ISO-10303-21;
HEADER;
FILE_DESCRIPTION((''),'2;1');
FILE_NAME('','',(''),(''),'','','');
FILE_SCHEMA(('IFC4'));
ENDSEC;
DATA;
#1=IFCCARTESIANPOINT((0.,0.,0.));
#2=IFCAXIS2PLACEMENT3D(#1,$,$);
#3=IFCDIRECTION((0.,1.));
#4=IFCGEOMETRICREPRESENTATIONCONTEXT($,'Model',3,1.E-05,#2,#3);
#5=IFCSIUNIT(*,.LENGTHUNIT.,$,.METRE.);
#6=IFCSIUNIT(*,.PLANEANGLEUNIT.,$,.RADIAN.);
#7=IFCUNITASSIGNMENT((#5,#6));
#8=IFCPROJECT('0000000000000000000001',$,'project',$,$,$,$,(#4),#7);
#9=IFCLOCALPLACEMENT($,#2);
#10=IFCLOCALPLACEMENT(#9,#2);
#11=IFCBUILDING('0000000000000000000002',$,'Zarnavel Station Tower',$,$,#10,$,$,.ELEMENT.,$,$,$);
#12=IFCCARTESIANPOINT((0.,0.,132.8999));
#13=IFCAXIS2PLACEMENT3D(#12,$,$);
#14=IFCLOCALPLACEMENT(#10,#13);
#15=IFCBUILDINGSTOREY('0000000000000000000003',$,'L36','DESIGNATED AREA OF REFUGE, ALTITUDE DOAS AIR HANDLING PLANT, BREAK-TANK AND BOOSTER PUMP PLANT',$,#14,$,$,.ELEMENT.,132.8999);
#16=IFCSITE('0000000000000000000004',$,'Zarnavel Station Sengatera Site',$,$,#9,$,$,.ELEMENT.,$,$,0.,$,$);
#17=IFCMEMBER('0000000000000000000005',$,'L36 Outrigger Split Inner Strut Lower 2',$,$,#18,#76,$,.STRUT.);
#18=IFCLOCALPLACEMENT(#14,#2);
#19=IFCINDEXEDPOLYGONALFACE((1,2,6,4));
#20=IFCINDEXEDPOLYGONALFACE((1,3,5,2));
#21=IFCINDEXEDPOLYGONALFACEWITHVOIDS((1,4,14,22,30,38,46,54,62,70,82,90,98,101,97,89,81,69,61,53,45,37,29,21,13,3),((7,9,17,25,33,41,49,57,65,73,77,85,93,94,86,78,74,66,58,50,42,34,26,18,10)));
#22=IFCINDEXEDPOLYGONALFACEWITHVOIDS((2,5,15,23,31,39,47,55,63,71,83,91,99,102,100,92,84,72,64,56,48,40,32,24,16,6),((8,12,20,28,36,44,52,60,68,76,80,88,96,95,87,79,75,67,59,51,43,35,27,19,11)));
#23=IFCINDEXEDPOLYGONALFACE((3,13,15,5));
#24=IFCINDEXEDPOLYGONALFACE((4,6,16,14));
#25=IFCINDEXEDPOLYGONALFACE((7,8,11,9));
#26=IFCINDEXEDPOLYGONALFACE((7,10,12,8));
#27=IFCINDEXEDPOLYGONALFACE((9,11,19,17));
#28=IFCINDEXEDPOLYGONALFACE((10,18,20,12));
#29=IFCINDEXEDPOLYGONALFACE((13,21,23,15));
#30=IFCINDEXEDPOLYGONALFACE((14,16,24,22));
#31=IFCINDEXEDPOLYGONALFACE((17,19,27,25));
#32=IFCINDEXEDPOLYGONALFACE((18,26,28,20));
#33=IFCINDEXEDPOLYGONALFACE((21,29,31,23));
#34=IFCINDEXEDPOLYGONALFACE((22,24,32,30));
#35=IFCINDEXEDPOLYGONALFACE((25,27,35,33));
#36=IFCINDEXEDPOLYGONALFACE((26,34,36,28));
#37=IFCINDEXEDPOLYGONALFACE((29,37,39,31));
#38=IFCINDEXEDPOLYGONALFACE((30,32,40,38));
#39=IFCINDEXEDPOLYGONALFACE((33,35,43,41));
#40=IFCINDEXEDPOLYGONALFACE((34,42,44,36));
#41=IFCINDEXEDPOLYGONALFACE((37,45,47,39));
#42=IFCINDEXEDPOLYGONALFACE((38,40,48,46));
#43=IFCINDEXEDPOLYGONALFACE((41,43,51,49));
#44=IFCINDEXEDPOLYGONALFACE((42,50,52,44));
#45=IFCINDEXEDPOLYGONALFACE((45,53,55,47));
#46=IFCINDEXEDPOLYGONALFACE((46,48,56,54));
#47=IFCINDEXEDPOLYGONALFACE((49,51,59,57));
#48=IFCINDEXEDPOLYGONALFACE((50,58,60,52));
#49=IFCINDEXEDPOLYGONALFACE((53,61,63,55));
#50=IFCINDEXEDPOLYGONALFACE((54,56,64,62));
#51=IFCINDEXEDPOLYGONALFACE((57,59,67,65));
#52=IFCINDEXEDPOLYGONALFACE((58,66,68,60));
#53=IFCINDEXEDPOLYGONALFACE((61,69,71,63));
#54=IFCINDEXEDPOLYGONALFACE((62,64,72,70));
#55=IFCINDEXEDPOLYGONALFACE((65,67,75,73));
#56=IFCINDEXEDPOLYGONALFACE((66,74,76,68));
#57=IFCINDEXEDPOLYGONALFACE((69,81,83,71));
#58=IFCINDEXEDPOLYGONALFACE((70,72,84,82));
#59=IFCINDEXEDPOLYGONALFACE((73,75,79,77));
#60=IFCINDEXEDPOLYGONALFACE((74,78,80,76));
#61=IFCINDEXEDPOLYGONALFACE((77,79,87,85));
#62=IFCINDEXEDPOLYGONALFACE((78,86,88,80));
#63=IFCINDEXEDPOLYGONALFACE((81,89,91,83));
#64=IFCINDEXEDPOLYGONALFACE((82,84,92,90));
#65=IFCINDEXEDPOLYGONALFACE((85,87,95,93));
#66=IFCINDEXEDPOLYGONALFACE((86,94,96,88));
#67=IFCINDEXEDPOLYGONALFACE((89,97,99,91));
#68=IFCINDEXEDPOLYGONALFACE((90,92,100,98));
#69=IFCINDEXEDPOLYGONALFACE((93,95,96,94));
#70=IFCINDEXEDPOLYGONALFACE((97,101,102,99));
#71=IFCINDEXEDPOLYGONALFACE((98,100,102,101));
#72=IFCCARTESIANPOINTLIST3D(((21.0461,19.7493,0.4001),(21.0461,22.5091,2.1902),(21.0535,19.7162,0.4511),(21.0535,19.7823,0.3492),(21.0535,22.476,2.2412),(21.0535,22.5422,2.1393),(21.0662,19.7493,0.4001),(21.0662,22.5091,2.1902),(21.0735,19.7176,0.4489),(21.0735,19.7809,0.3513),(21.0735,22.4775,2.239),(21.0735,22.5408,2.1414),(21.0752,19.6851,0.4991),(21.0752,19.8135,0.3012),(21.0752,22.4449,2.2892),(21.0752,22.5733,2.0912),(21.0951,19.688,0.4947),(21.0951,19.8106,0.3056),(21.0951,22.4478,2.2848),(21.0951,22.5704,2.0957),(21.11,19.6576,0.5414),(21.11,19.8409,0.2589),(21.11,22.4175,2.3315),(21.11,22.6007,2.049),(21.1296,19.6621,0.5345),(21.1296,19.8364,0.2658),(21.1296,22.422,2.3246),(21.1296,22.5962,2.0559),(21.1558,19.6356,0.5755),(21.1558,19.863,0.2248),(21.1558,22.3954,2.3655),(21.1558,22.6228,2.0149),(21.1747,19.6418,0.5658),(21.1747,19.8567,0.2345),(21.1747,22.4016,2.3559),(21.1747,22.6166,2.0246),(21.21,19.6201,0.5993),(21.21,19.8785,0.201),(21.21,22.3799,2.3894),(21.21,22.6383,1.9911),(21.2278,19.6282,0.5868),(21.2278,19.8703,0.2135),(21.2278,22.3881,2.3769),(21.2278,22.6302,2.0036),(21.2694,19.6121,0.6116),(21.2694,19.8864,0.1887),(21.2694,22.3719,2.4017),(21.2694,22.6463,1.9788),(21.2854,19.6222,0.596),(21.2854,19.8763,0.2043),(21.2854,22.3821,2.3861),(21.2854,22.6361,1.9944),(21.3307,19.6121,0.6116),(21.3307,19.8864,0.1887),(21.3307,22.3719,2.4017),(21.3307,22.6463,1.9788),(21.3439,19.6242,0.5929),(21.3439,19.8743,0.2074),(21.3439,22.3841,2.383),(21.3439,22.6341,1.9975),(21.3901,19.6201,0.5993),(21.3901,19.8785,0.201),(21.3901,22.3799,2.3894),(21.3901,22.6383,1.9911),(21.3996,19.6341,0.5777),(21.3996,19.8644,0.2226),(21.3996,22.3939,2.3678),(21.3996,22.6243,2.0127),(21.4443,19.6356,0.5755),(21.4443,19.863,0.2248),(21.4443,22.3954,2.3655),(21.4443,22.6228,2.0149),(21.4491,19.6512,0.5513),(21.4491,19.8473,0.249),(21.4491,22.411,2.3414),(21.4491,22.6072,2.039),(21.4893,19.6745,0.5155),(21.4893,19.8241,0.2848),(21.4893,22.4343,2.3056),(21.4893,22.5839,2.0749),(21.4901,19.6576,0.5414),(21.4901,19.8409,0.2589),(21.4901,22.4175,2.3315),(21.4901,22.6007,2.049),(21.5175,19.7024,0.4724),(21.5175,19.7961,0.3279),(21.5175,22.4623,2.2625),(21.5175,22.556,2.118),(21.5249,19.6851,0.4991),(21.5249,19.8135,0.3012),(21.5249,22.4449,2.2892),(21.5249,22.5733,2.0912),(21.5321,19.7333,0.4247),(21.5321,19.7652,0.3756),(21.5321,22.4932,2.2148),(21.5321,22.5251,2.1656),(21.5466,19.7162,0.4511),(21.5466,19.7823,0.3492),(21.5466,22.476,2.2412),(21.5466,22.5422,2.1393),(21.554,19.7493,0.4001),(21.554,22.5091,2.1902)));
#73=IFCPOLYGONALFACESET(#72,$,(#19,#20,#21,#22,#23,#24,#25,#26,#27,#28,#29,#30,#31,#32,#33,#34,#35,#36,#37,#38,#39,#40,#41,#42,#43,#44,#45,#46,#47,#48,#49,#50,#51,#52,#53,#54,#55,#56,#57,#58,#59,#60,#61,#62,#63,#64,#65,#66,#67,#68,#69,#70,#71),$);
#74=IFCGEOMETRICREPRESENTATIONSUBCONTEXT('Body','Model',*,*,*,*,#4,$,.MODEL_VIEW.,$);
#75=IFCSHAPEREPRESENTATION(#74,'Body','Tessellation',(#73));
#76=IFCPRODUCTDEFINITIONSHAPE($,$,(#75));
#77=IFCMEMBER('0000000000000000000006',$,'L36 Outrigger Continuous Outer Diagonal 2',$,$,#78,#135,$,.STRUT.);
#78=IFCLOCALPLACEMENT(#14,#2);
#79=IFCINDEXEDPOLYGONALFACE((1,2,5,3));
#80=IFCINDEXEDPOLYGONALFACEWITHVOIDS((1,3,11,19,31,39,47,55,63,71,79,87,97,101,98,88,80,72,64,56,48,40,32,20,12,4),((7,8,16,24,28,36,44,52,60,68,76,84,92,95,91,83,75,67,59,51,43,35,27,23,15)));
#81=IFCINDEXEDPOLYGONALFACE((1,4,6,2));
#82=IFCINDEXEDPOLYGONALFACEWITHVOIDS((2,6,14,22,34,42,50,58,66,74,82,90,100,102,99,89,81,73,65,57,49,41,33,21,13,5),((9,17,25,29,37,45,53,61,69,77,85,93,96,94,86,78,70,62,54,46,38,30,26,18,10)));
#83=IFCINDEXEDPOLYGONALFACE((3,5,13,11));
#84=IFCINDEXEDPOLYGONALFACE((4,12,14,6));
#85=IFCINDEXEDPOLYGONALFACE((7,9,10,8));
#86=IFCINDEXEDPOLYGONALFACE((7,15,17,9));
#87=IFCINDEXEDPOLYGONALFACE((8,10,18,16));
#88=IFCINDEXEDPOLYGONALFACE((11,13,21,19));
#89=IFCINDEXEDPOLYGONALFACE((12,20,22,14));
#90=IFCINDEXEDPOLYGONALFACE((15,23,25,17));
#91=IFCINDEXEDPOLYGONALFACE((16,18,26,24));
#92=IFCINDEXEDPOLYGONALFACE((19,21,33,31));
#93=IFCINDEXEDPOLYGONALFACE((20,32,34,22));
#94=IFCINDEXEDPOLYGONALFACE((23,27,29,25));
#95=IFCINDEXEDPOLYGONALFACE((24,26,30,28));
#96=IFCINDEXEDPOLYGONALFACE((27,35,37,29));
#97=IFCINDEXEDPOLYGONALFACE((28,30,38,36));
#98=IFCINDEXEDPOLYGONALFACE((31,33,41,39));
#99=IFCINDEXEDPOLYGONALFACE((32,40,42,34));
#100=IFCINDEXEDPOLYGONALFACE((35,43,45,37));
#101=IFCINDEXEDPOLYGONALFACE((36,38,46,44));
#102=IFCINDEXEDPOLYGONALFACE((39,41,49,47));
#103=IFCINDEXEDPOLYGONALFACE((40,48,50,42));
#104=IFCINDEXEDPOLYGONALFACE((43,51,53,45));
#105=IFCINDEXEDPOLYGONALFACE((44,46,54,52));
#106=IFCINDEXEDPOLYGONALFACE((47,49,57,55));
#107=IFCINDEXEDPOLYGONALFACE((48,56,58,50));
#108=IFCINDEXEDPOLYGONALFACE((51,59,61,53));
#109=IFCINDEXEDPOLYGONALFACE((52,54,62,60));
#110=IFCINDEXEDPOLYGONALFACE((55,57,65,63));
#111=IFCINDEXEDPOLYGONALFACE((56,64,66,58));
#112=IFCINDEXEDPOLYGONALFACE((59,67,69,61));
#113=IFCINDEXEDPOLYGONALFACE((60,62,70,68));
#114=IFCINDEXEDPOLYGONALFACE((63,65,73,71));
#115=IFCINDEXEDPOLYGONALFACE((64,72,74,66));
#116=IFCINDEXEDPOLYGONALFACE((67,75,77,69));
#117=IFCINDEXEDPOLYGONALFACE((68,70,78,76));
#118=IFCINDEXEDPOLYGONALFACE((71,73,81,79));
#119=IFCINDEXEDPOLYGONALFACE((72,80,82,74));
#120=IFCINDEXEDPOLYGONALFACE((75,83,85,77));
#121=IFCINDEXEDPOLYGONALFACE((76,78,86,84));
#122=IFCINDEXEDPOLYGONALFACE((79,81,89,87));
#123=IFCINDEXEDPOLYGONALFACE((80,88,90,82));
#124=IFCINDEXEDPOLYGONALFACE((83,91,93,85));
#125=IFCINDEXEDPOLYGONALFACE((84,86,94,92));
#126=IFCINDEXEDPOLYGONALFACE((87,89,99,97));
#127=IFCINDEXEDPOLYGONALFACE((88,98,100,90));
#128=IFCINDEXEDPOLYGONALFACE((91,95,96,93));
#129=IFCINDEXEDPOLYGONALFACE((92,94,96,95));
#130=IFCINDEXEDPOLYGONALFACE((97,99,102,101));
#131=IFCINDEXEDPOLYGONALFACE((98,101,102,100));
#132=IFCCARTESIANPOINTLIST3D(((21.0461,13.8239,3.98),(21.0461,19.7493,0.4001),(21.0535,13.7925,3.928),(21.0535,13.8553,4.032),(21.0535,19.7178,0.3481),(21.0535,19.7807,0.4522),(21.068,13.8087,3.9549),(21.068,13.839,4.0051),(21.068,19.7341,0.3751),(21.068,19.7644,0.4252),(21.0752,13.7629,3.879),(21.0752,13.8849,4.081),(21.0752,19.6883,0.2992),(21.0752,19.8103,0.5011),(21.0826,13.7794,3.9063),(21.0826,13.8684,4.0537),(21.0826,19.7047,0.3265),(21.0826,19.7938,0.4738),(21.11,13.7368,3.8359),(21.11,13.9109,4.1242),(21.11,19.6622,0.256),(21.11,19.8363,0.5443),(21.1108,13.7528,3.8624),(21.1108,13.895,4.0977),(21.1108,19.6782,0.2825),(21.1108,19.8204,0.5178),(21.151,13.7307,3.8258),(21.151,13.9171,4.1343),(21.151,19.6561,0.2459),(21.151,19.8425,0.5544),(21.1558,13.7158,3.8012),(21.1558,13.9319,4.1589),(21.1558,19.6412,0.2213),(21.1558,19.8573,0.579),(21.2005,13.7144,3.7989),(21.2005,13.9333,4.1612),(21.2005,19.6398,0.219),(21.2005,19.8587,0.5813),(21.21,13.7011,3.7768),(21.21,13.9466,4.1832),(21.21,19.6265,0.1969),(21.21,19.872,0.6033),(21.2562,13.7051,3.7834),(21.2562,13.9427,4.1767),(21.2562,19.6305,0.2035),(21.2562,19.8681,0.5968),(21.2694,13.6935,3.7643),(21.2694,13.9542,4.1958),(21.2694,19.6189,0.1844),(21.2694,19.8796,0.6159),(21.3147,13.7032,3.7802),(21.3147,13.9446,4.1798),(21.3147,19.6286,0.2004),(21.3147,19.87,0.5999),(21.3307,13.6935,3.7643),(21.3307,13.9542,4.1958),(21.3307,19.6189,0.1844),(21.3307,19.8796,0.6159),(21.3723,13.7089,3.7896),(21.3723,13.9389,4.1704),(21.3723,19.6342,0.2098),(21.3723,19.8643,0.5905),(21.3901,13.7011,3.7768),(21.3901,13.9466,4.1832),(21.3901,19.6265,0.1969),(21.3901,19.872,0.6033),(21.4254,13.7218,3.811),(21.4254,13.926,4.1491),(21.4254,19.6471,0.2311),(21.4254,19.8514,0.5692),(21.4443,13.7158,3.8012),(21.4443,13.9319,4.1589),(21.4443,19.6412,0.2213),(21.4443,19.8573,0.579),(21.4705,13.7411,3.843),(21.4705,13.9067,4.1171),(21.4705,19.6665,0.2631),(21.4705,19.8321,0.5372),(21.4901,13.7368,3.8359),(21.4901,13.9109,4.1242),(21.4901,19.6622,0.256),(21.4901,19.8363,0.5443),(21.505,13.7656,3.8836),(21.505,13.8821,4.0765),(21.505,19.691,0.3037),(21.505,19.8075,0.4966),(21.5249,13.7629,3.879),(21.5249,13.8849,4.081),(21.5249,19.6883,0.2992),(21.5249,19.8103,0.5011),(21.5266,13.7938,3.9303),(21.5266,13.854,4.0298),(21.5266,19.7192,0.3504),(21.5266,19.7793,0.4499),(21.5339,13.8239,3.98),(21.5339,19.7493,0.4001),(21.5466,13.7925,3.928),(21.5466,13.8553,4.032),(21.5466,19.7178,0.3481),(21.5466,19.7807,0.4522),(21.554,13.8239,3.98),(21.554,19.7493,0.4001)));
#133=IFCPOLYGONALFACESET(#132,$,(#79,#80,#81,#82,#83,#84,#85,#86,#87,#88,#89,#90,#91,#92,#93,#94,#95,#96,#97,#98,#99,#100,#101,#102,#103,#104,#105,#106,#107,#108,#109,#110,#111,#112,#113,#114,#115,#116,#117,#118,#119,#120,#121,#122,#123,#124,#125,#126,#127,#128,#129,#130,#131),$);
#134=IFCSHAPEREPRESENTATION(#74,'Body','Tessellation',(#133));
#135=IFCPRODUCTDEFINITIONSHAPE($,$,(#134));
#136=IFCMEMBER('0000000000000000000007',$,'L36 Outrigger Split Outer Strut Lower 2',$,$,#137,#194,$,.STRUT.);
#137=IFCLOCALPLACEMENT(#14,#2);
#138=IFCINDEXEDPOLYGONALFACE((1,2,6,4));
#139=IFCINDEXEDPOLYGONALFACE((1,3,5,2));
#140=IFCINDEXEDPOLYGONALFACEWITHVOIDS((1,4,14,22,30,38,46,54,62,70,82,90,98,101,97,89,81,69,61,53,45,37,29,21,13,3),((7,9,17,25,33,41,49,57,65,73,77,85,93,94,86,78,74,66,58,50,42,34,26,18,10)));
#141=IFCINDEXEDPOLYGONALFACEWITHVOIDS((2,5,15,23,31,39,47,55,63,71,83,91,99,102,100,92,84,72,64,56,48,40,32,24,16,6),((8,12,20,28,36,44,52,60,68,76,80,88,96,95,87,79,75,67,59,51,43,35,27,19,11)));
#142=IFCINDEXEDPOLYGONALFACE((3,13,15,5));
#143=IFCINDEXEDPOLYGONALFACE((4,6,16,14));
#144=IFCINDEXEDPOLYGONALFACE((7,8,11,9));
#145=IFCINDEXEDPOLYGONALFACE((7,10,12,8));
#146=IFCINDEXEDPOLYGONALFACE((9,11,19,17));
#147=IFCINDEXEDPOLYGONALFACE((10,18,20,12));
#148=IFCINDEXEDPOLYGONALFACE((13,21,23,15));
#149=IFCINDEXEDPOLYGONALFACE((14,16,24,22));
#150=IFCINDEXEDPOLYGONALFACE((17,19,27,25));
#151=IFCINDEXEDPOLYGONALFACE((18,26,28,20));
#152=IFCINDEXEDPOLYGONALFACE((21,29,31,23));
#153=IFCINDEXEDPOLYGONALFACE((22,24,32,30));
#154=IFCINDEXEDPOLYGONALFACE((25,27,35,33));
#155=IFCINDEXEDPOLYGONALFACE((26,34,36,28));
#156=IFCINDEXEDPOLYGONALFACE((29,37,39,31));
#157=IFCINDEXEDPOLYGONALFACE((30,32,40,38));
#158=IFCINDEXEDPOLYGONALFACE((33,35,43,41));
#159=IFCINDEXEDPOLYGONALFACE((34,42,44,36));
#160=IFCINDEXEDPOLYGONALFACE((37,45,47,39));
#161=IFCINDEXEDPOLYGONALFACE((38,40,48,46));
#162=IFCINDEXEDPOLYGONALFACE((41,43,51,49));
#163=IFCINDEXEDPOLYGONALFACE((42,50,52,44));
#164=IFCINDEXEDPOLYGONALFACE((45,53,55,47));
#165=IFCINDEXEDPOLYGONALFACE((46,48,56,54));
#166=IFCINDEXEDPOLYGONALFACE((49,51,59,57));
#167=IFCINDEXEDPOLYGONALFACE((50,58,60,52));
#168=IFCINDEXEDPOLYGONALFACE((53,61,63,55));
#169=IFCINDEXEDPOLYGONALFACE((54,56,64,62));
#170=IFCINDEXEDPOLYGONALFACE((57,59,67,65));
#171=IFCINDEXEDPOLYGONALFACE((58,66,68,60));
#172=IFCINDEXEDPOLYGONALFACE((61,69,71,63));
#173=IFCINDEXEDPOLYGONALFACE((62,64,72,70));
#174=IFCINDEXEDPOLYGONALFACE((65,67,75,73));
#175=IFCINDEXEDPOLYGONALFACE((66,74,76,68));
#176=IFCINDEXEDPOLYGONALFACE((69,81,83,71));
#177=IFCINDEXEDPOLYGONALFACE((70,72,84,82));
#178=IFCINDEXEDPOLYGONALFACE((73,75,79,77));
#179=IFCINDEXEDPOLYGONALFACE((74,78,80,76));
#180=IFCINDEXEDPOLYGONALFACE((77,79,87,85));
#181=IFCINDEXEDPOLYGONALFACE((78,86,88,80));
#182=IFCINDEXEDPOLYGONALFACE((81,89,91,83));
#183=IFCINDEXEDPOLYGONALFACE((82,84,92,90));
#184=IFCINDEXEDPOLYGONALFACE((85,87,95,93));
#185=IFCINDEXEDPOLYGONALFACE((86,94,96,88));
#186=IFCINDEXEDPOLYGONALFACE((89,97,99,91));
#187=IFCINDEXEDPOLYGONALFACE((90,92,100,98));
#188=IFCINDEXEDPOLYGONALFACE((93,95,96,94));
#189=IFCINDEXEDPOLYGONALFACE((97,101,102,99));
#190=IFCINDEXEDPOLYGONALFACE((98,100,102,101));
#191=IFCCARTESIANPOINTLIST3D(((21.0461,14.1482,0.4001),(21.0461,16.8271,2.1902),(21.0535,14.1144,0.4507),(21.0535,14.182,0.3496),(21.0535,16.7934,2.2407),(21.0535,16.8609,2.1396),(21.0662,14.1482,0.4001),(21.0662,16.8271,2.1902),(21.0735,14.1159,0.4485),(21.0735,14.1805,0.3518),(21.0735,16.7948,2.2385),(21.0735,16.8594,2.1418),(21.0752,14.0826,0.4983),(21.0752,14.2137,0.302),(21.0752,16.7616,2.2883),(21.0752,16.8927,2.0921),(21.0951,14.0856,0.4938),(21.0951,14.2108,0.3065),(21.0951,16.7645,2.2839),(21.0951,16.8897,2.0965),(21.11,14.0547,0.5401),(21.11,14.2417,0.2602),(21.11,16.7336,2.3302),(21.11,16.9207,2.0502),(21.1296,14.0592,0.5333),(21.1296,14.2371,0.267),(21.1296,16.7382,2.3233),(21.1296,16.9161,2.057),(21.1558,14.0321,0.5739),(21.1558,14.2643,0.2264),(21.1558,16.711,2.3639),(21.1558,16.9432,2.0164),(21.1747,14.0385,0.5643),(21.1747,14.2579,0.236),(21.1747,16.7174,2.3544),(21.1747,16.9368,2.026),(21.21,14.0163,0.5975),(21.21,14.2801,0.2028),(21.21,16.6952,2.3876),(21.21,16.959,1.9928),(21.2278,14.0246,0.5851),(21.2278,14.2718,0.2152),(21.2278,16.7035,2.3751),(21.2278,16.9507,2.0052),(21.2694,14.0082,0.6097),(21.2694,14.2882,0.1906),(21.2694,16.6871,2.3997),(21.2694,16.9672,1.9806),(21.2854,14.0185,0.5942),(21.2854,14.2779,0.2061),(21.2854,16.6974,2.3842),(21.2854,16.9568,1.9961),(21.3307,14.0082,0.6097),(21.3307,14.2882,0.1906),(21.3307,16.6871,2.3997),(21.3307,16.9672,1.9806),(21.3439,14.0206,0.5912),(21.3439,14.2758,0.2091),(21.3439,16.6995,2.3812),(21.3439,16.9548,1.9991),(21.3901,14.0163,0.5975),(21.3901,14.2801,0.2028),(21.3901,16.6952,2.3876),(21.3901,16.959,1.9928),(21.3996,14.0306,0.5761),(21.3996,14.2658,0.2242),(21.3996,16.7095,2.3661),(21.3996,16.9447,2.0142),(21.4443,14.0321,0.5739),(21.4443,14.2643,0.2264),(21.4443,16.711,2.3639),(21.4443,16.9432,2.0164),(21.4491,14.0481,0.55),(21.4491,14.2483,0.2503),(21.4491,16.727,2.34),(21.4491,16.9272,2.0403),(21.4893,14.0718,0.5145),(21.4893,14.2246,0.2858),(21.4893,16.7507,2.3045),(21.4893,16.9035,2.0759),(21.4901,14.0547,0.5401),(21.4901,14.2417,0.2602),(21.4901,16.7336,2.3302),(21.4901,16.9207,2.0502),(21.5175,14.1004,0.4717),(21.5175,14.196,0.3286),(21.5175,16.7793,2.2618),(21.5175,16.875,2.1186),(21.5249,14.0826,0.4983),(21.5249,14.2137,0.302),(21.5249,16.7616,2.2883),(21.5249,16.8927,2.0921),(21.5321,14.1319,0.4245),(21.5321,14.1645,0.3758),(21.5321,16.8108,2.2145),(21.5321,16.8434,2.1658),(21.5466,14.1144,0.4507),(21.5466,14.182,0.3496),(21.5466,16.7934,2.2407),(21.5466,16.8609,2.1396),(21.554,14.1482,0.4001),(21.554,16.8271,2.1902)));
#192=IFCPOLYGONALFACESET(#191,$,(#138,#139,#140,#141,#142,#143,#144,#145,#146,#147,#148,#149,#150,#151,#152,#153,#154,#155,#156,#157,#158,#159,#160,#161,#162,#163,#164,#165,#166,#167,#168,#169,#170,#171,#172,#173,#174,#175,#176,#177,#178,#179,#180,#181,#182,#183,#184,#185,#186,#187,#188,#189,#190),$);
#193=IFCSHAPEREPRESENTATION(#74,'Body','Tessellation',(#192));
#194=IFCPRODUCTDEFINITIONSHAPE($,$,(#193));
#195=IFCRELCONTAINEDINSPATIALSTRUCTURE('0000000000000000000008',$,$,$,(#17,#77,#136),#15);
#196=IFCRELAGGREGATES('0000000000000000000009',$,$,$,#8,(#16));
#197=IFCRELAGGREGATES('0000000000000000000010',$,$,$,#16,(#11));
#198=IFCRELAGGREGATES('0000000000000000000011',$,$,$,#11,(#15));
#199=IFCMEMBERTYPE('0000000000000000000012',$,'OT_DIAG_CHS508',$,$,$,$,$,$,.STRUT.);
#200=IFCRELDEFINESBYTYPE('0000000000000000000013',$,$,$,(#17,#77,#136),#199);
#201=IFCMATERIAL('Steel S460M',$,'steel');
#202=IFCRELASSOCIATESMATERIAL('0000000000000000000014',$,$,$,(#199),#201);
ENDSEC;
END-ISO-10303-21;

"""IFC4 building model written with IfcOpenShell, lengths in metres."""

from ifc_helpers import new_model, si_unit, direction, frame, origin, origin_2d, place, context, subcontext, project, spatial, hollow_circle, extrude, material, material_profile, profile_set, type_object, element, save


model = new_model("IFC4")

# Units and contexts
model_context = context("Model", 3, precision=1e-05, world=origin(), true_north=direction((0.0, 1.0)))
body_context = subcontext(model_context, "Body", "Model", "MODEL_VIEW")
ifc_project = project(units=[si_unit("LENGTHUNIT", "METRE"), si_unit("PLANEANGLEUNIT", "RADIAN")], contexts=[model_context])

# Site, building, storey
site_placement = place(None, origin())
site = spatial("IfcSite", under=ifc_project, at=site_placement, Name="Zarnavel Station Sengatera Site", CompositionType="ELEMENT", RefElevation=0.0)
building_placement = place(site_placement, origin())
building = spatial("IfcBuilding", under=site, at=building_placement, Name="Zarnavel Station Tower", CompositionType="ELEMENT")
storey_placement = place(building_placement, frame((0.0, 0.0, 132.8999)))
storey = spatial("IfcBuildingStorey", under=building, at=storey_placement, Name="L36", Description="DESIGNATED AREA OF REFUGE, ALTITUDE DOAS AIR HANDLING PLANT, BREAK-TANK AND BOOSTER PUMP PLANT", CompositionType="ELEMENT", Elevation=132.8999)

# Members
ifc_material_1 = material(Name="Steel S460M", Category="steel")
ifc_material_profile_1 = material_profile(ifc_material_1, hollow_circle(Radius=0.2539, WallThickness=0.02, at=origin_2d()), Name="CHS508x20")
ifc_profile_set_1 = profile_set([ifc_material_profile_1], Name="Steel S460M")
member_type_1 = type_object("IfcMemberType", Name="OT_DIAG_CHS508", PredefinedType="STRUT", material=ifc_profile_set_1)
member_1_placement = place(storey_placement, frame((21.3, 19.7493, 0.4001), z_axis=(0.0, 0.838972, 0.544174), x_axis=(-1.0, 0.0, 0.0)))
element("IfcMember", 1, at=member_1_placement, inside=storey, type_object=member_type_1, Name="L36 Outrigger Split Inner Strut Lower 2", PredefinedType="STRUT", context=body_context, shape_type="SweptSolid", body=[
    extrude(hollow_circle(Radius=0.2539, WallThickness=0.02, at=origin_2d()), origin(), (0.0, 0.0, 1.0), 3.2896),
])
member_2_placement = place(storey_placement, frame((21.3, 19.7493, 0.4001), z_axis=(0.0, -0.855917, 0.517112), x_axis=(1.0, 0.0, 0.0)))
element("IfcMember", 2, at=member_2_placement, inside=storey, type_object=member_type_1, Name="L36 Outrigger Continuous Outer Diagonal 2", PredefinedType="STRUT", context=body_context, shape_type="SweptSolid", body=[
    extrude(hollow_circle(Radius=0.2539, WallThickness=0.02, at=origin_2d()), origin(), (0.0, 0.0, 1.0), 6.9229),
])
member_3_placement = place(storey_placement, frame((21.3, 14.1482, 0.4001), z_axis=(0.0, 0.831467, 0.555574), x_axis=(-1.0, 0.0, 0.0)))
element("IfcMember", 3, at=member_3_placement, inside=storey, type_object=member_type_1, Name="L36 Outrigger Split Outer Strut Lower 2", PredefinedType="STRUT", context=body_context, shape_type="SweptSolid", body=[
    extrude(hollow_circle(Radius=0.2539, WallThickness=0.02, at=origin_2d()), origin(), (0.0, 0.0, 1.0), 3.2219),
])

save(model, "model.ifc")
